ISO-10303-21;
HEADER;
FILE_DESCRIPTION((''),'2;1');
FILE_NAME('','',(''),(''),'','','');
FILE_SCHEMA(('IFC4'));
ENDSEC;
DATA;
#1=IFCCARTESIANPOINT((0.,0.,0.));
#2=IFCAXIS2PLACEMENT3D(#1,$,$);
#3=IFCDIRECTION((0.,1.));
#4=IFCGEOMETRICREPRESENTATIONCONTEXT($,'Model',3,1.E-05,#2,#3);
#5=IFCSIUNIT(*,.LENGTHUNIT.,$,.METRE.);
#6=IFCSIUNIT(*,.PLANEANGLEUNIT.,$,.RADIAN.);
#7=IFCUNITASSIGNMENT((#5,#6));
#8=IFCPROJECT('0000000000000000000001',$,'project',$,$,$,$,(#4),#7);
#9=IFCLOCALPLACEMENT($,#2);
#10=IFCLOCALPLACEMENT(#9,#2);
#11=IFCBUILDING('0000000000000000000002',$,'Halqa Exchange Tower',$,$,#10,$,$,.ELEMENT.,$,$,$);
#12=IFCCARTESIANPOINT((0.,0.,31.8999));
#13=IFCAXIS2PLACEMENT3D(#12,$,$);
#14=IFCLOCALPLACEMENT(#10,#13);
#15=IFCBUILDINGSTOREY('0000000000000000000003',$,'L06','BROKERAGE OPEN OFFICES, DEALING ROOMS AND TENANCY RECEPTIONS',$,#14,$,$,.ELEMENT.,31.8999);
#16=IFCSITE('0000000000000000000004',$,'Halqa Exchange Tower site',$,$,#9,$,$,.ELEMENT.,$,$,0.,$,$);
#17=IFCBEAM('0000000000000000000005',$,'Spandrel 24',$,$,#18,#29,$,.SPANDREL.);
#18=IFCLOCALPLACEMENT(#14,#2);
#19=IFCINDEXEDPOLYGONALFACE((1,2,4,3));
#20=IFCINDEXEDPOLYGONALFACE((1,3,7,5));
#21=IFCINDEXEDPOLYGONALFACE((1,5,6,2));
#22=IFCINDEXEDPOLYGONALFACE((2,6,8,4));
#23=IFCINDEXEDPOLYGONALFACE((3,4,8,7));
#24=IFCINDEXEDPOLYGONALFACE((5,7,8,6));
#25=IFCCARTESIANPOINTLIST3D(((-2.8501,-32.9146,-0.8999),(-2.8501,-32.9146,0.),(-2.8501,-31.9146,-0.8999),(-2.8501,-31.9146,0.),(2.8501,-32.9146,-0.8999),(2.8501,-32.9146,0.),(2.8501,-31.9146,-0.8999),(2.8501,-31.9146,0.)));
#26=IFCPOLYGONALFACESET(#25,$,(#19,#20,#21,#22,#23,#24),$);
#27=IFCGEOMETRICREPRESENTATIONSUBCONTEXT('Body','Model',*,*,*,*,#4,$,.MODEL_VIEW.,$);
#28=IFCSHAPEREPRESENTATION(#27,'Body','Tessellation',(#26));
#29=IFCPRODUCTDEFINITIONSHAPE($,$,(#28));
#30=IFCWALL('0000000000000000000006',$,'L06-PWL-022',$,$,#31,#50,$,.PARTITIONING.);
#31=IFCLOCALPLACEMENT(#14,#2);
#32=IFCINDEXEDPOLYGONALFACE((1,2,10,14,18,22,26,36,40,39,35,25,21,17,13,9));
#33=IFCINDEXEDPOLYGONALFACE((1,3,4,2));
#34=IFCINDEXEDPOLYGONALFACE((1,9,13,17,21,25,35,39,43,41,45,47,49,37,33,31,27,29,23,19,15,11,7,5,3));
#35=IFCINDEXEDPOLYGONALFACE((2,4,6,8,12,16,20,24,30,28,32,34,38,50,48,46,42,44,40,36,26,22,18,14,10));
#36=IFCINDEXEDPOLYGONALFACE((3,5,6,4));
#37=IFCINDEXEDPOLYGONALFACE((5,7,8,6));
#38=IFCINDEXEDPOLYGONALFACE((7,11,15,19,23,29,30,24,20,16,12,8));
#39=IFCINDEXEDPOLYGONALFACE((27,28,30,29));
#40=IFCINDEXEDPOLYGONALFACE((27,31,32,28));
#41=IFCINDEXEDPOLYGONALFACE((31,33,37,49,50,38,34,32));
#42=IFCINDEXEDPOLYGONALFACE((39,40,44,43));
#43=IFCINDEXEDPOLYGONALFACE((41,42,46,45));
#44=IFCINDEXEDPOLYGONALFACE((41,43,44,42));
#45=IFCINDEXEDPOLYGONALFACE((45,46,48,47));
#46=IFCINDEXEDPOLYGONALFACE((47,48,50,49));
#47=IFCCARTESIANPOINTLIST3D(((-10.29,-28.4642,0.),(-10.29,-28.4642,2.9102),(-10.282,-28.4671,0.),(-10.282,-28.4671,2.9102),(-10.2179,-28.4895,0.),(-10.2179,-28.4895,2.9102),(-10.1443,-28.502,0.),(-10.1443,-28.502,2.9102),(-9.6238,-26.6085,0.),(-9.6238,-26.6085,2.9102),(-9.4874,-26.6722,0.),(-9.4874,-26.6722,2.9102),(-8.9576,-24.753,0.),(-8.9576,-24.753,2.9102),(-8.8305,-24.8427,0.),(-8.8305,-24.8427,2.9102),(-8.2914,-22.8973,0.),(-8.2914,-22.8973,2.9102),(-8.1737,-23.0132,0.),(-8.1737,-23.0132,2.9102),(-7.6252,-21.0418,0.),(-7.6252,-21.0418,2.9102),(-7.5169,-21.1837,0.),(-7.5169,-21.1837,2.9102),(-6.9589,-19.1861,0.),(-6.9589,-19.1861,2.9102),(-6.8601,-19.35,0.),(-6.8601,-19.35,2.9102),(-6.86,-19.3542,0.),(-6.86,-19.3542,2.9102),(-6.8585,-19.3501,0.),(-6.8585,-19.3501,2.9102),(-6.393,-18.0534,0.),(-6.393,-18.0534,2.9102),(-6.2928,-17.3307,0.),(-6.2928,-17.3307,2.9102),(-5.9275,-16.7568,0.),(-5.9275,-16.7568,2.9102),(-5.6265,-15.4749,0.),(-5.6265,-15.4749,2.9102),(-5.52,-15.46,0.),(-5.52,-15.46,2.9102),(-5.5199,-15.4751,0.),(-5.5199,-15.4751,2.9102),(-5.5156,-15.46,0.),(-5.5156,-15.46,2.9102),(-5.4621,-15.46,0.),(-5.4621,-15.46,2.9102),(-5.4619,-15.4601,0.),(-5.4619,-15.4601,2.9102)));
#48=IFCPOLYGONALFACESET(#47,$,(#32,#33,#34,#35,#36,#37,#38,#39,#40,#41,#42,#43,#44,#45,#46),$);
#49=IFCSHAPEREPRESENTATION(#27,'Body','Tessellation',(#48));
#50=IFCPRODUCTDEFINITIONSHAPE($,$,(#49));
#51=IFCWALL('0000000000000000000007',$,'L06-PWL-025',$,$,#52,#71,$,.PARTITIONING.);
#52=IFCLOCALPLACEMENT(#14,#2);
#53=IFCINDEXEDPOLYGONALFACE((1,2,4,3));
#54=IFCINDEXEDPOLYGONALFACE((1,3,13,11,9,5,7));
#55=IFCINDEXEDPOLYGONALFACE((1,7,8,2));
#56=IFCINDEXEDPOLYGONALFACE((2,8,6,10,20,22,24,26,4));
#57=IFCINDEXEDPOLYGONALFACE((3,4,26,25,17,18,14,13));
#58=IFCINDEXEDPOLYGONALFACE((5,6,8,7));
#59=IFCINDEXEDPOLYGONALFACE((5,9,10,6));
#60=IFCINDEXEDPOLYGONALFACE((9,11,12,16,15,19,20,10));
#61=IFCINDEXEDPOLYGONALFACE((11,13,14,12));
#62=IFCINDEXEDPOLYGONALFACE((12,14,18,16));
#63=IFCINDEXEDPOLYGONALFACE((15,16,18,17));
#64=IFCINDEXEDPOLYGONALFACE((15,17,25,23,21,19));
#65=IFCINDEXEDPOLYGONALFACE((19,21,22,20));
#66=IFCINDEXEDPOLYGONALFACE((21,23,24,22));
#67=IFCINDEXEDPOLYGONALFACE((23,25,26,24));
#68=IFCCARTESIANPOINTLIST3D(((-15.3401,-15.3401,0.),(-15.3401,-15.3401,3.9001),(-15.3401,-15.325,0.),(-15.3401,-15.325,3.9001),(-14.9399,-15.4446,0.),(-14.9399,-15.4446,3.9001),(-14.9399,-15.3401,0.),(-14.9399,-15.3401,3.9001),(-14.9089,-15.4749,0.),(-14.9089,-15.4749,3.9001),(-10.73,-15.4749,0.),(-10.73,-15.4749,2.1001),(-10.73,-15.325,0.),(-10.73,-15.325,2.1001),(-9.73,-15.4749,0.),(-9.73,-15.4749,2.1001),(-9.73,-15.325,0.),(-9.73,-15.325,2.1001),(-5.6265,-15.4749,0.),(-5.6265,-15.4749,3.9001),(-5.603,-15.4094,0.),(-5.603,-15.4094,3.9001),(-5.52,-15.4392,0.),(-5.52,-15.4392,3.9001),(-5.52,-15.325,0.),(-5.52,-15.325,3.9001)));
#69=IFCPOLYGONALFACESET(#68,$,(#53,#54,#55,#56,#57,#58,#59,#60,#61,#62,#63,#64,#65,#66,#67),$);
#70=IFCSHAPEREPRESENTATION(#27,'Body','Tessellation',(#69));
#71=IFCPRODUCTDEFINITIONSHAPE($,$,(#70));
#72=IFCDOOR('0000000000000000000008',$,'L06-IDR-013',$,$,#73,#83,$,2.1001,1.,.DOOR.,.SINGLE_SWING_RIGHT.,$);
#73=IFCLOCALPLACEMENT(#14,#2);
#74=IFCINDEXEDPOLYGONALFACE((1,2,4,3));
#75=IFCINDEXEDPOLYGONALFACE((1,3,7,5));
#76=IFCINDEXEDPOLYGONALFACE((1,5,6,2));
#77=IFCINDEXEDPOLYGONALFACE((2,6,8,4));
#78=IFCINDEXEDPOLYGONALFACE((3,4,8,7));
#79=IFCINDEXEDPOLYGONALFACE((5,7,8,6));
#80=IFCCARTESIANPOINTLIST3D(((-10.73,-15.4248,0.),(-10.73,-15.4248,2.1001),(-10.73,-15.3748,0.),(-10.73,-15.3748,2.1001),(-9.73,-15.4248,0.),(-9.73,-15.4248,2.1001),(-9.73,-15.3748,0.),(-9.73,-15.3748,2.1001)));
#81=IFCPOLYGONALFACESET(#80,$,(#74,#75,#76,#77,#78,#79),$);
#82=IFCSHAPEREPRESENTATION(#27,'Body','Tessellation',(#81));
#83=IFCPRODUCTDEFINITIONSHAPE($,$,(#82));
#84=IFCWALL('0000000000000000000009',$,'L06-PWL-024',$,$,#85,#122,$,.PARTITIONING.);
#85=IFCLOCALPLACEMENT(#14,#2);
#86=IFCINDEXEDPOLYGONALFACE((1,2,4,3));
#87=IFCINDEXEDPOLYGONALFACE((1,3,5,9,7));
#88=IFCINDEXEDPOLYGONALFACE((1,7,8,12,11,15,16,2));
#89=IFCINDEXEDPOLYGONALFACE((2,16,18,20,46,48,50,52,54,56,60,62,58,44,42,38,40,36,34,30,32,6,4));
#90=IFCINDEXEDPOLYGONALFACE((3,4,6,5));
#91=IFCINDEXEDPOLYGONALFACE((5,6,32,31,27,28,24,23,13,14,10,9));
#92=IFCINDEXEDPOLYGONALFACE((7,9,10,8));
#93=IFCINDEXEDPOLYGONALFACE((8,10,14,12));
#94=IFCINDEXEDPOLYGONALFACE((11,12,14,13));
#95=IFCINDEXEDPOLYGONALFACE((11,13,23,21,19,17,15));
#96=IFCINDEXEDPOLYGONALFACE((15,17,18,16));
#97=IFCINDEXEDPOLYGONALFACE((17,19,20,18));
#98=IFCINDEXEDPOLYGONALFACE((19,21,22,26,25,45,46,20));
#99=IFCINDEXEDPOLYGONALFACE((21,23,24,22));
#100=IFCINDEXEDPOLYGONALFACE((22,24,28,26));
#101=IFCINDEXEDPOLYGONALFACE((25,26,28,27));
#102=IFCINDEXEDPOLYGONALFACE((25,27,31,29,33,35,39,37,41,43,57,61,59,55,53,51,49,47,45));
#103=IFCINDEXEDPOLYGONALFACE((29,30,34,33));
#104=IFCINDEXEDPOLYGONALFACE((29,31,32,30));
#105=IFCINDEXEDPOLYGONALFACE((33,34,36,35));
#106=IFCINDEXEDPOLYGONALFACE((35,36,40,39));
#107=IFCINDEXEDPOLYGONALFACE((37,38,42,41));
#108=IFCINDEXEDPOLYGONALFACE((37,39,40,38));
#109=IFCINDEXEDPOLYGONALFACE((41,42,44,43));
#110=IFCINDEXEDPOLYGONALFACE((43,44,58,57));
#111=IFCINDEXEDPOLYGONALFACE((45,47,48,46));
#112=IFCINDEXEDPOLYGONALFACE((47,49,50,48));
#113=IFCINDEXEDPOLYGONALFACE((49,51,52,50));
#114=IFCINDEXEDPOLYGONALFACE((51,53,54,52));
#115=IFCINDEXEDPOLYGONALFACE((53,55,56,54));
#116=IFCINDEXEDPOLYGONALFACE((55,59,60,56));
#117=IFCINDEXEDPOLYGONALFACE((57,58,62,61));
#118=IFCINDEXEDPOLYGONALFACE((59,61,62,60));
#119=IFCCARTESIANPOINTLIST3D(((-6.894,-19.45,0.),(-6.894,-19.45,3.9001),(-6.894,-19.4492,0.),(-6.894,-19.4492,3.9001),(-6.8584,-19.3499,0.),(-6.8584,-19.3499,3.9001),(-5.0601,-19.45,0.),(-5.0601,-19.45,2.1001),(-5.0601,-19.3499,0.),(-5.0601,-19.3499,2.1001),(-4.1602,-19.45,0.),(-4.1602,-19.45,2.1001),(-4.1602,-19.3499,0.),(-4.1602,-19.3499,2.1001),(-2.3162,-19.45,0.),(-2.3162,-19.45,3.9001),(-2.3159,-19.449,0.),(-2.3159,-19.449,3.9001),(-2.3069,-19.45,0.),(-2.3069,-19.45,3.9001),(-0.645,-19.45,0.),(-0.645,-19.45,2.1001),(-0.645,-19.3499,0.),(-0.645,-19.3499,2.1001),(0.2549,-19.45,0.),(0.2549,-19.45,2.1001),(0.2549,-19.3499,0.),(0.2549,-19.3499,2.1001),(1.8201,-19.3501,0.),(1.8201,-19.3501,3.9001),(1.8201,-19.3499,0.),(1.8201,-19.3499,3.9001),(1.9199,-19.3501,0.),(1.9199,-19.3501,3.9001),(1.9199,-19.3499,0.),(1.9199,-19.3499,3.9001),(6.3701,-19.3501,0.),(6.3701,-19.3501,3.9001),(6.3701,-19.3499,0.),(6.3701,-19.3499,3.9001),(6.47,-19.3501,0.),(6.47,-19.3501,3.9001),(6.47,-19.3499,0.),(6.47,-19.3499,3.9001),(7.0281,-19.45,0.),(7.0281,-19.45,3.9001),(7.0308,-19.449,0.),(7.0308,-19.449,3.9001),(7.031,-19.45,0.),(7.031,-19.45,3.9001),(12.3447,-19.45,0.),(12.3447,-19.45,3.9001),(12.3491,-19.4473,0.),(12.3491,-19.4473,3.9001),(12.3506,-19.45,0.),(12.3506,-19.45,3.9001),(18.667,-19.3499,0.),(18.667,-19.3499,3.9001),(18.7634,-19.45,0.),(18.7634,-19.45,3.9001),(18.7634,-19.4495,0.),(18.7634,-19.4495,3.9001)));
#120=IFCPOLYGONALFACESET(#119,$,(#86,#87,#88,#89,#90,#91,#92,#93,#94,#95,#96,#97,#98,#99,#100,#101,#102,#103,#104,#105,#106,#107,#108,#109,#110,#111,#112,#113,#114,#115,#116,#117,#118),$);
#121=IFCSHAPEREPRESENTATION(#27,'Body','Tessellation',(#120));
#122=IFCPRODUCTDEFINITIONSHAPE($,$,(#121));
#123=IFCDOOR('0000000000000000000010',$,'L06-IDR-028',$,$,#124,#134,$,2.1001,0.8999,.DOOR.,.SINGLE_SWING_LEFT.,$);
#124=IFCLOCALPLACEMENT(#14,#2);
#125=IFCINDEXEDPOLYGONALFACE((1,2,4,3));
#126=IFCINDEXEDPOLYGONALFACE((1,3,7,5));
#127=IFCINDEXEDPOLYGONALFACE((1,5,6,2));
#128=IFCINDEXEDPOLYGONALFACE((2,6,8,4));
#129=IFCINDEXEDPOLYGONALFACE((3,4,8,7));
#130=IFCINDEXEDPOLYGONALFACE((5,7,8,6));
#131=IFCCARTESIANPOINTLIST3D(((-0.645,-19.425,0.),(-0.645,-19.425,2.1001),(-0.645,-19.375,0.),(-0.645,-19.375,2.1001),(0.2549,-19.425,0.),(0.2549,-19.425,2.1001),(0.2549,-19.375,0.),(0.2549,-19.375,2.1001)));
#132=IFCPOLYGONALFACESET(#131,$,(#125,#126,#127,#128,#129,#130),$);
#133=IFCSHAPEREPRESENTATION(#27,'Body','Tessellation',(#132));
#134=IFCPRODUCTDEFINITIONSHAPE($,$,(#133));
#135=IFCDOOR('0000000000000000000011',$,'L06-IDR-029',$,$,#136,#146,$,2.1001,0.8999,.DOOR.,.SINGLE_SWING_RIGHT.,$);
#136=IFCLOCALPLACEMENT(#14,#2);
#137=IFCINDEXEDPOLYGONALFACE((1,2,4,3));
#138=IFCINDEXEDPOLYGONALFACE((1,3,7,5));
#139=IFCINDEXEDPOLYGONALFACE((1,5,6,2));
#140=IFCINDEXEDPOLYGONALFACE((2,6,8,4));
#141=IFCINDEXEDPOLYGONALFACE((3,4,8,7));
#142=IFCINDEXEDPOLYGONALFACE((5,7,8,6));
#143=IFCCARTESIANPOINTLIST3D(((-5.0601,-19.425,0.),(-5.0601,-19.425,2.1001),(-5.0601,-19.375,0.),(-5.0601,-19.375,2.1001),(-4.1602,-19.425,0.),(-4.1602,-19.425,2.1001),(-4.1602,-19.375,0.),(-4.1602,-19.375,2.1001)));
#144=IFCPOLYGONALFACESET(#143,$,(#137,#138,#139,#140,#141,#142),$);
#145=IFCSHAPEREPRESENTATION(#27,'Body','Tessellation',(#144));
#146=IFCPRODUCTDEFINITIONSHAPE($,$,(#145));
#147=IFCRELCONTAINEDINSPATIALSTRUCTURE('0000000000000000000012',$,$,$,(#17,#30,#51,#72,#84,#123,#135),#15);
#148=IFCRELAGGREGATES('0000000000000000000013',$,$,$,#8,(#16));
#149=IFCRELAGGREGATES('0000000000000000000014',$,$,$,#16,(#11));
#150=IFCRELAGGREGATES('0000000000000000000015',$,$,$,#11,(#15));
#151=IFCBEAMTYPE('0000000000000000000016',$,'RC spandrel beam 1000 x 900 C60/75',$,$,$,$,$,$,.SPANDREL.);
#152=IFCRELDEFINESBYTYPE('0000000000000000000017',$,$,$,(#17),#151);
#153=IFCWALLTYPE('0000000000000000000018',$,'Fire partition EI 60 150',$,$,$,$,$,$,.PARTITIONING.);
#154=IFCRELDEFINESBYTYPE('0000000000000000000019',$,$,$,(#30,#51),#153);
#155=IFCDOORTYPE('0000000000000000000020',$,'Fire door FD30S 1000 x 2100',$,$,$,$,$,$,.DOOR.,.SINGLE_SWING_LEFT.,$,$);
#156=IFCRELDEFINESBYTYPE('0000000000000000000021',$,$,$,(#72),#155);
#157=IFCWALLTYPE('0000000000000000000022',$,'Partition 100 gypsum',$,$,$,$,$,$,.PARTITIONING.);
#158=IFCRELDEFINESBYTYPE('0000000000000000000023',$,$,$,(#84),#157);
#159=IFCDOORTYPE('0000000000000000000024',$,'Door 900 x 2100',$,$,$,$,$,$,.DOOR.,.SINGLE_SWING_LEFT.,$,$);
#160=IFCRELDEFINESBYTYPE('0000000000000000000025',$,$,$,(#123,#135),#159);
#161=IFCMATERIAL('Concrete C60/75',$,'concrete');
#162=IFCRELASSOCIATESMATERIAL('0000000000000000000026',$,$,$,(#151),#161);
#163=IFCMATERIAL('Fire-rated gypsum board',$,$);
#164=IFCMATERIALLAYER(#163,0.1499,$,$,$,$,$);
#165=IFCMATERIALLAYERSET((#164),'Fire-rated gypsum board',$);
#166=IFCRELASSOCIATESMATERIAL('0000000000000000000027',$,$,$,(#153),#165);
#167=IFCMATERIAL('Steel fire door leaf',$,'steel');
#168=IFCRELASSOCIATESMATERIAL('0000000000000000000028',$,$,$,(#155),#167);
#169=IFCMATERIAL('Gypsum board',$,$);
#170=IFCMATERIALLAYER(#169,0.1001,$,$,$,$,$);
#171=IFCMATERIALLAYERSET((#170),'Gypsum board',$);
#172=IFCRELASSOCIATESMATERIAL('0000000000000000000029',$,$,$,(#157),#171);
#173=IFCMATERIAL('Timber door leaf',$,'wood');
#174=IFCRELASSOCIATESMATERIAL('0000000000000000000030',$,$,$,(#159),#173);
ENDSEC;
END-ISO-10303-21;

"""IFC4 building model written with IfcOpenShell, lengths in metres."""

from ifc_helpers import new_model, si_unit, direction, frame, frame_2d, origin, origin_2d, place, context, subcontext, project, spatial, polyline, rectangle, outline, extrude, material, layer, layer_set, material_profile, profile_set, type_object, element, fill, save


model = new_model("IFC4")

# Units and contexts
model_context = context("Model", 3, precision=1e-05, world=origin(), true_north=direction((0.0, 1.0)))
body_context = subcontext(model_context, "Body", "Model", "MODEL_VIEW")
ifc_project = project(units=[si_unit("LENGTHUNIT", "METRE"), si_unit("PLANEANGLEUNIT", "RADIAN")], contexts=[model_context])

# Site, building, storey
site_placement = place(None, origin())
site = spatial("IfcSite", under=ifc_project, at=site_placement, Name="Halqa Exchange Tower site", CompositionType="ELEMENT", RefElevation=0.0)
building_placement = place(site_placement, origin())
building = spatial("IfcBuilding", under=site, at=building_placement, Name="Halqa Exchange Tower", CompositionType="ELEMENT")
storey_placement = place(building_placement, frame((0.0, 0.0, 31.8999)))
storey = spatial("IfcBuildingStorey", under=building, at=storey_placement, Name="L06", Description="BROKERAGE OPEN OFFICES, DEALING ROOMS AND TENANCY RECEPTIONS", CompositionType="ELEMENT", Elevation=31.8999)

# Beam
ifc_material_1 = material(Name="Concrete C60/75", Category="concrete")
ifc_material_profile_1 = material_profile(ifc_material_1, rectangle(XDim=1.0, YDim=0.8999, at=origin_2d()), Name="1000 x 900")
ifc_profile_set_1 = profile_set([ifc_material_profile_1], Name="Concrete C60/75")
beam_type_1 = type_object("IfcBeamType", Name="RC spandrel beam 1000 x 900 C60/75", PredefinedType="SPANDREL", material=ifc_profile_set_1)
beam_1_placement = place(storey_placement, frame((-2.8501, -32.4146, -0.45), z_axis=(1.0, 0.0, 0.0), x_axis=(0.0, 1.0, 0.0)))
element("IfcBeam", 1, at=beam_1_placement, inside=storey, type_object=beam_type_1, Name="Spandrel 24", PredefinedType="SPANDREL", context=body_context, shape_type="SweptSolid", body=[
    extrude(rectangle(XDim=1.0, YDim=0.8999, at=origin_2d()), origin(), (0.0, 0.0, 1.0), 5.7002),
])

# Wall
ifc_material_2 = material(Name="Fire-rated gypsum board")
ifc_layer_1 = layer(ifc_material_2, 0.1499)
ifc_layer_set_1 = layer_set([ifc_layer_1], Name="Fire-rated gypsum board")
wall_type_1 = type_object("IfcWallType", Name="Fire partition EI 60 150", PredefinedType="PARTITIONING", material=ifc_layer_set_1)
wall_1_placement = place(storey_placement, frame((-10.2195, -28.4895, 0.0), z_axis=(0.0, 0.0, 1.0), x_axis=(0.33791, 0.941178, 0.0)))
element("IfcWall", 2, at=wall_1_placement, inside=storey, type_object=wall_type_1, Name="L06-PWL-022", PredefinedType="PARTITIONING", context=body_context, shape_type="SweptSolid", body=[
    extrude(outline(polyline([(0.0137, -0.075), (1.9578, -0.075), (3.9016, -0.075), (5.8455, -0.075), (7.7893, -0.075), (9.7332, -0.075), (9.7371, -0.0735), (9.7375, -0.075), (11.1152, -0.075), (12.4929, -0.075), (13.8706, -0.075), (13.8706, -0.0747), (13.8525, -0.0244), (13.8525, -0.0244), (13.8511, -0.0203), (13.8369, -0.0254), (13.801, 0.075), (11.8293, 0.075), (9.8579, 0.075), (7.8862, 0.075), (5.9148, 0.075), (3.9431, 0.075), (1.9717, 0.075), (0.0, 0.075), (0.0, 0.0664), (0.0005, -0.0015), (0.0137, -0.075)])), origin(), (0.0, 0.0, 1.0), 2.9102),
])

# Wall, opening, door
wall_2_placement = place(storey_placement, frame((-5.52, -15.3999, 0.0), z_axis=(0.0, 0.0, 1.0), x_axis=(-1.0, 0.0, 0.0)))
wall_2 = element("IfcWall", 3, at=wall_2_placement, inside=storey, type_object=wall_type_1, Name="L06-PWL-025", PredefinedType="PARTITIONING", context=body_context, shape_type="SweptSolid", body=[
    extrude(outline(polyline([(0.0, -0.075), (1.9641, -0.075), (3.928, -0.075), (5.8921, -0.075), (7.856, -0.075), (9.8201, -0.075), (9.8201, -0.0598), (9.4199, -0.0598), (9.4199, 0.0447), (9.3889, 0.075), (7.5325, 0.075), (5.676, 0.075), (3.8196, 0.075), (1.9631, 0.075), (0.1064, 0.075), (0.083, 0.0095), (0.0, 0.0393), (0.0, -0.075)])), origin(), (0.0, 0.0, 1.0), 3.9001),
])
opening_1_placement = place(wall_2_placement, frame((4.21, 0.0, 0.0)))
opening_1 = element("IfcOpeningElement", 4, at=opening_1_placement, cuts=wall_2, PredefinedType="OPENING", context=body_context, shape_type="SweptSolid", body=[
    extrude(rectangle(XDim=1.0, YDim=2.1001, at=frame_2d((0.5, 1.05))), frame((0.0, 0.0869, 0.0), z_axis=(0.0, -1.0, 0.0), x_axis=(1.0, 0.0, 0.0)), (0.0, 0.0, 1.0), 0.1738),
])
ifc_material_3 = material(Name="Steel fire door leaf", Category="steel")
door_type_1 = type_object("IfcDoorType", Name="Fire door FD30S 1000 x 2100", OperationType="SINGLE_SWING_LEFT", PredefinedType="DOOR", material=ifc_material_3)
door_1_placement = place(opening_1_placement, origin())
door_1 = element("IfcDoor", 5, at=door_1_placement, inside=storey, type_object=door_type_1, Name="L06-IDR-013", OperationType="SINGLE_SWING_RIGHT", OverallHeight=2.1001, OverallWidth=1.0, PredefinedType="DOOR", context=body_context, shape_type="SweptSolid", body=[
    extrude(rectangle(XDim=1.0, YDim=2.1001, at=frame_2d((0.5, 1.05))), frame((0.0, 0.0249, 0.0), z_axis=(0.0, -1.0, 0.0), x_axis=(1.0, 0.0, 0.0)), (0.0, 0.0, 1.0), 0.05),
])
fill(opening_1, door_1)

# Wall, openings, doors
ifc_material_4 = material(Name="Gypsum board")
ifc_layer_2 = layer(ifc_material_4, 0.1001)
ifc_layer_set_2 = layer_set([ifc_layer_2], Name="Gypsum board")
wall_type_2 = type_object("IfcWallType", Name="Partition 100 gypsum", PredefinedType="PARTITIONING", material=ifc_layer_set_2)
wall_3_placement = place(storey_placement, frame((-6.894, -19.3999, 0.0), z_axis=(0.0, 0.0, 1.0), x_axis=(1.0, 0.0, 0.0)))
wall_3 = element("IfcWall", 6, at=wall_3_placement, inside=storey, type_object=wall_type_2, Name="L06-PWL-024", PredefinedType="PARTITIONING", context=body_context, shape_type="SweptSolid", body=[
    extrude(outline(polyline([(0.0, -0.05), (1.5259, -0.05), (3.052, -0.05), (4.5779, -0.05), (4.5781, -0.0491), (4.5872, -0.05), (6.4541, -0.05), (8.321, -0.05), (10.188, -0.05), (12.0552, -0.05), (13.9221, -0.05), (13.9248, -0.0491), (13.925, -0.05), (15.6963, -0.05), (17.4675, -0.05), (19.2388, -0.05), (19.2432, -0.0474), (19.2446, -0.05), (20.8479, -0.05), (22.4512, -0.05), (24.0542, -0.05), (25.6575, -0.05), (25.6575, -0.0496), (25.614, -0.0046), (25.614, -0.0046), (25.561, 0.05), (23.8186, 0.05), (22.0762, 0.05), (20.3337, 0.05), (18.5913, 0.05), (16.8489, 0.05), (15.1064, 0.05), (13.364, 0.05), (13.364, 0.0498), (13.2642, 0.0498), (13.2642, 0.05), (11.7808, 0.05), (10.2974, 0.05), (8.814, 0.05), (8.814, 0.0498), (8.7141, 0.0498), (8.7141, 0.05), (6.9783, 0.05), (5.2427, 0.05), (3.5071, 0.05), (1.7712, 0.05), (0.0356, 0.05), (0.0, -0.0493), (0.0, -0.05)])), origin(), (0.0, 0.0, 1.0), 3.9001),
])
opening_2_placement = place(wall_3_placement, frame((6.249, 0.0, 0.0)))
opening_2 = element("IfcOpeningElement", 7, at=opening_2_placement, cuts=wall_3, PredefinedType="OPENING", context=body_context, shape_type="SweptSolid", body=[
    extrude(rectangle(XDim=0.8999, YDim=2.1001, at=frame_2d((0.45, 1.05))), frame((0.0, 0.062, 0.0), z_axis=(0.0, -1.0, 0.0), x_axis=(1.0, 0.0, 0.0)), (0.0, 0.0, 1.0), 0.124),
])
opening_3_placement = place(wall_3_placement, frame((1.834, 0.0, 0.0)))
opening_3 = element("IfcOpeningElement", 8, at=opening_3_placement, cuts=wall_3, PredefinedType="OPENING", context=body_context, shape_type="SweptSolid", body=[
    extrude(rectangle(XDim=0.8999, YDim=2.1001, at=frame_2d((0.45, 1.05))), frame((0.0, 0.062, 0.0), z_axis=(0.0, -1.0, 0.0), x_axis=(1.0, 0.0, 0.0)), (0.0, 0.0, 1.0), 0.124),
])
ifc_material_5 = material(Name="Timber door leaf", Category="wood")
door_type_2 = type_object("IfcDoorType", Name="Door 900 x 2100", OperationType="SINGLE_SWING_LEFT", PredefinedType="DOOR", material=ifc_material_5)
door_2_placement = place(opening_2_placement, origin())
door_2 = element("IfcDoor", 9, at=door_2_placement, inside=storey, type_object=door_type_2, Name="L06-IDR-028", OperationType="SINGLE_SWING_LEFT", OverallHeight=2.1001, OverallWidth=0.8999, PredefinedType="DOOR", context=body_context, shape_type="SweptSolid", body=[
    extrude(rectangle(XDim=0.8999, YDim=2.1001, at=frame_2d((0.45, 1.05))), frame((0.0, 0.0249, 0.0), z_axis=(0.0, -1.0, 0.0), x_axis=(1.0, 0.0, 0.0)), (0.0, 0.0, 1.0), 0.05),
])
fill(opening_2, door_2)
door_3_placement = place(opening_3_placement, origin())
door_3 = element("IfcDoor", 10, at=door_3_placement, inside=storey, type_object=door_type_2, Name="L06-IDR-029", OperationType="SINGLE_SWING_RIGHT", OverallHeight=2.1001, OverallWidth=0.8999, PredefinedType="DOOR", context=body_context, shape_type="SweptSolid", body=[
    extrude(rectangle(XDim=0.8999, YDim=2.1001, at=frame_2d((0.45, 1.05))), frame((0.0, 0.0249, 0.0), z_axis=(0.0, -1.0, 0.0), x_axis=(1.0, 0.0, 0.0)), (0.0, 0.0, 1.0), 0.05),
])
fill(opening_3, door_3)

save(model, "model.ifc")
